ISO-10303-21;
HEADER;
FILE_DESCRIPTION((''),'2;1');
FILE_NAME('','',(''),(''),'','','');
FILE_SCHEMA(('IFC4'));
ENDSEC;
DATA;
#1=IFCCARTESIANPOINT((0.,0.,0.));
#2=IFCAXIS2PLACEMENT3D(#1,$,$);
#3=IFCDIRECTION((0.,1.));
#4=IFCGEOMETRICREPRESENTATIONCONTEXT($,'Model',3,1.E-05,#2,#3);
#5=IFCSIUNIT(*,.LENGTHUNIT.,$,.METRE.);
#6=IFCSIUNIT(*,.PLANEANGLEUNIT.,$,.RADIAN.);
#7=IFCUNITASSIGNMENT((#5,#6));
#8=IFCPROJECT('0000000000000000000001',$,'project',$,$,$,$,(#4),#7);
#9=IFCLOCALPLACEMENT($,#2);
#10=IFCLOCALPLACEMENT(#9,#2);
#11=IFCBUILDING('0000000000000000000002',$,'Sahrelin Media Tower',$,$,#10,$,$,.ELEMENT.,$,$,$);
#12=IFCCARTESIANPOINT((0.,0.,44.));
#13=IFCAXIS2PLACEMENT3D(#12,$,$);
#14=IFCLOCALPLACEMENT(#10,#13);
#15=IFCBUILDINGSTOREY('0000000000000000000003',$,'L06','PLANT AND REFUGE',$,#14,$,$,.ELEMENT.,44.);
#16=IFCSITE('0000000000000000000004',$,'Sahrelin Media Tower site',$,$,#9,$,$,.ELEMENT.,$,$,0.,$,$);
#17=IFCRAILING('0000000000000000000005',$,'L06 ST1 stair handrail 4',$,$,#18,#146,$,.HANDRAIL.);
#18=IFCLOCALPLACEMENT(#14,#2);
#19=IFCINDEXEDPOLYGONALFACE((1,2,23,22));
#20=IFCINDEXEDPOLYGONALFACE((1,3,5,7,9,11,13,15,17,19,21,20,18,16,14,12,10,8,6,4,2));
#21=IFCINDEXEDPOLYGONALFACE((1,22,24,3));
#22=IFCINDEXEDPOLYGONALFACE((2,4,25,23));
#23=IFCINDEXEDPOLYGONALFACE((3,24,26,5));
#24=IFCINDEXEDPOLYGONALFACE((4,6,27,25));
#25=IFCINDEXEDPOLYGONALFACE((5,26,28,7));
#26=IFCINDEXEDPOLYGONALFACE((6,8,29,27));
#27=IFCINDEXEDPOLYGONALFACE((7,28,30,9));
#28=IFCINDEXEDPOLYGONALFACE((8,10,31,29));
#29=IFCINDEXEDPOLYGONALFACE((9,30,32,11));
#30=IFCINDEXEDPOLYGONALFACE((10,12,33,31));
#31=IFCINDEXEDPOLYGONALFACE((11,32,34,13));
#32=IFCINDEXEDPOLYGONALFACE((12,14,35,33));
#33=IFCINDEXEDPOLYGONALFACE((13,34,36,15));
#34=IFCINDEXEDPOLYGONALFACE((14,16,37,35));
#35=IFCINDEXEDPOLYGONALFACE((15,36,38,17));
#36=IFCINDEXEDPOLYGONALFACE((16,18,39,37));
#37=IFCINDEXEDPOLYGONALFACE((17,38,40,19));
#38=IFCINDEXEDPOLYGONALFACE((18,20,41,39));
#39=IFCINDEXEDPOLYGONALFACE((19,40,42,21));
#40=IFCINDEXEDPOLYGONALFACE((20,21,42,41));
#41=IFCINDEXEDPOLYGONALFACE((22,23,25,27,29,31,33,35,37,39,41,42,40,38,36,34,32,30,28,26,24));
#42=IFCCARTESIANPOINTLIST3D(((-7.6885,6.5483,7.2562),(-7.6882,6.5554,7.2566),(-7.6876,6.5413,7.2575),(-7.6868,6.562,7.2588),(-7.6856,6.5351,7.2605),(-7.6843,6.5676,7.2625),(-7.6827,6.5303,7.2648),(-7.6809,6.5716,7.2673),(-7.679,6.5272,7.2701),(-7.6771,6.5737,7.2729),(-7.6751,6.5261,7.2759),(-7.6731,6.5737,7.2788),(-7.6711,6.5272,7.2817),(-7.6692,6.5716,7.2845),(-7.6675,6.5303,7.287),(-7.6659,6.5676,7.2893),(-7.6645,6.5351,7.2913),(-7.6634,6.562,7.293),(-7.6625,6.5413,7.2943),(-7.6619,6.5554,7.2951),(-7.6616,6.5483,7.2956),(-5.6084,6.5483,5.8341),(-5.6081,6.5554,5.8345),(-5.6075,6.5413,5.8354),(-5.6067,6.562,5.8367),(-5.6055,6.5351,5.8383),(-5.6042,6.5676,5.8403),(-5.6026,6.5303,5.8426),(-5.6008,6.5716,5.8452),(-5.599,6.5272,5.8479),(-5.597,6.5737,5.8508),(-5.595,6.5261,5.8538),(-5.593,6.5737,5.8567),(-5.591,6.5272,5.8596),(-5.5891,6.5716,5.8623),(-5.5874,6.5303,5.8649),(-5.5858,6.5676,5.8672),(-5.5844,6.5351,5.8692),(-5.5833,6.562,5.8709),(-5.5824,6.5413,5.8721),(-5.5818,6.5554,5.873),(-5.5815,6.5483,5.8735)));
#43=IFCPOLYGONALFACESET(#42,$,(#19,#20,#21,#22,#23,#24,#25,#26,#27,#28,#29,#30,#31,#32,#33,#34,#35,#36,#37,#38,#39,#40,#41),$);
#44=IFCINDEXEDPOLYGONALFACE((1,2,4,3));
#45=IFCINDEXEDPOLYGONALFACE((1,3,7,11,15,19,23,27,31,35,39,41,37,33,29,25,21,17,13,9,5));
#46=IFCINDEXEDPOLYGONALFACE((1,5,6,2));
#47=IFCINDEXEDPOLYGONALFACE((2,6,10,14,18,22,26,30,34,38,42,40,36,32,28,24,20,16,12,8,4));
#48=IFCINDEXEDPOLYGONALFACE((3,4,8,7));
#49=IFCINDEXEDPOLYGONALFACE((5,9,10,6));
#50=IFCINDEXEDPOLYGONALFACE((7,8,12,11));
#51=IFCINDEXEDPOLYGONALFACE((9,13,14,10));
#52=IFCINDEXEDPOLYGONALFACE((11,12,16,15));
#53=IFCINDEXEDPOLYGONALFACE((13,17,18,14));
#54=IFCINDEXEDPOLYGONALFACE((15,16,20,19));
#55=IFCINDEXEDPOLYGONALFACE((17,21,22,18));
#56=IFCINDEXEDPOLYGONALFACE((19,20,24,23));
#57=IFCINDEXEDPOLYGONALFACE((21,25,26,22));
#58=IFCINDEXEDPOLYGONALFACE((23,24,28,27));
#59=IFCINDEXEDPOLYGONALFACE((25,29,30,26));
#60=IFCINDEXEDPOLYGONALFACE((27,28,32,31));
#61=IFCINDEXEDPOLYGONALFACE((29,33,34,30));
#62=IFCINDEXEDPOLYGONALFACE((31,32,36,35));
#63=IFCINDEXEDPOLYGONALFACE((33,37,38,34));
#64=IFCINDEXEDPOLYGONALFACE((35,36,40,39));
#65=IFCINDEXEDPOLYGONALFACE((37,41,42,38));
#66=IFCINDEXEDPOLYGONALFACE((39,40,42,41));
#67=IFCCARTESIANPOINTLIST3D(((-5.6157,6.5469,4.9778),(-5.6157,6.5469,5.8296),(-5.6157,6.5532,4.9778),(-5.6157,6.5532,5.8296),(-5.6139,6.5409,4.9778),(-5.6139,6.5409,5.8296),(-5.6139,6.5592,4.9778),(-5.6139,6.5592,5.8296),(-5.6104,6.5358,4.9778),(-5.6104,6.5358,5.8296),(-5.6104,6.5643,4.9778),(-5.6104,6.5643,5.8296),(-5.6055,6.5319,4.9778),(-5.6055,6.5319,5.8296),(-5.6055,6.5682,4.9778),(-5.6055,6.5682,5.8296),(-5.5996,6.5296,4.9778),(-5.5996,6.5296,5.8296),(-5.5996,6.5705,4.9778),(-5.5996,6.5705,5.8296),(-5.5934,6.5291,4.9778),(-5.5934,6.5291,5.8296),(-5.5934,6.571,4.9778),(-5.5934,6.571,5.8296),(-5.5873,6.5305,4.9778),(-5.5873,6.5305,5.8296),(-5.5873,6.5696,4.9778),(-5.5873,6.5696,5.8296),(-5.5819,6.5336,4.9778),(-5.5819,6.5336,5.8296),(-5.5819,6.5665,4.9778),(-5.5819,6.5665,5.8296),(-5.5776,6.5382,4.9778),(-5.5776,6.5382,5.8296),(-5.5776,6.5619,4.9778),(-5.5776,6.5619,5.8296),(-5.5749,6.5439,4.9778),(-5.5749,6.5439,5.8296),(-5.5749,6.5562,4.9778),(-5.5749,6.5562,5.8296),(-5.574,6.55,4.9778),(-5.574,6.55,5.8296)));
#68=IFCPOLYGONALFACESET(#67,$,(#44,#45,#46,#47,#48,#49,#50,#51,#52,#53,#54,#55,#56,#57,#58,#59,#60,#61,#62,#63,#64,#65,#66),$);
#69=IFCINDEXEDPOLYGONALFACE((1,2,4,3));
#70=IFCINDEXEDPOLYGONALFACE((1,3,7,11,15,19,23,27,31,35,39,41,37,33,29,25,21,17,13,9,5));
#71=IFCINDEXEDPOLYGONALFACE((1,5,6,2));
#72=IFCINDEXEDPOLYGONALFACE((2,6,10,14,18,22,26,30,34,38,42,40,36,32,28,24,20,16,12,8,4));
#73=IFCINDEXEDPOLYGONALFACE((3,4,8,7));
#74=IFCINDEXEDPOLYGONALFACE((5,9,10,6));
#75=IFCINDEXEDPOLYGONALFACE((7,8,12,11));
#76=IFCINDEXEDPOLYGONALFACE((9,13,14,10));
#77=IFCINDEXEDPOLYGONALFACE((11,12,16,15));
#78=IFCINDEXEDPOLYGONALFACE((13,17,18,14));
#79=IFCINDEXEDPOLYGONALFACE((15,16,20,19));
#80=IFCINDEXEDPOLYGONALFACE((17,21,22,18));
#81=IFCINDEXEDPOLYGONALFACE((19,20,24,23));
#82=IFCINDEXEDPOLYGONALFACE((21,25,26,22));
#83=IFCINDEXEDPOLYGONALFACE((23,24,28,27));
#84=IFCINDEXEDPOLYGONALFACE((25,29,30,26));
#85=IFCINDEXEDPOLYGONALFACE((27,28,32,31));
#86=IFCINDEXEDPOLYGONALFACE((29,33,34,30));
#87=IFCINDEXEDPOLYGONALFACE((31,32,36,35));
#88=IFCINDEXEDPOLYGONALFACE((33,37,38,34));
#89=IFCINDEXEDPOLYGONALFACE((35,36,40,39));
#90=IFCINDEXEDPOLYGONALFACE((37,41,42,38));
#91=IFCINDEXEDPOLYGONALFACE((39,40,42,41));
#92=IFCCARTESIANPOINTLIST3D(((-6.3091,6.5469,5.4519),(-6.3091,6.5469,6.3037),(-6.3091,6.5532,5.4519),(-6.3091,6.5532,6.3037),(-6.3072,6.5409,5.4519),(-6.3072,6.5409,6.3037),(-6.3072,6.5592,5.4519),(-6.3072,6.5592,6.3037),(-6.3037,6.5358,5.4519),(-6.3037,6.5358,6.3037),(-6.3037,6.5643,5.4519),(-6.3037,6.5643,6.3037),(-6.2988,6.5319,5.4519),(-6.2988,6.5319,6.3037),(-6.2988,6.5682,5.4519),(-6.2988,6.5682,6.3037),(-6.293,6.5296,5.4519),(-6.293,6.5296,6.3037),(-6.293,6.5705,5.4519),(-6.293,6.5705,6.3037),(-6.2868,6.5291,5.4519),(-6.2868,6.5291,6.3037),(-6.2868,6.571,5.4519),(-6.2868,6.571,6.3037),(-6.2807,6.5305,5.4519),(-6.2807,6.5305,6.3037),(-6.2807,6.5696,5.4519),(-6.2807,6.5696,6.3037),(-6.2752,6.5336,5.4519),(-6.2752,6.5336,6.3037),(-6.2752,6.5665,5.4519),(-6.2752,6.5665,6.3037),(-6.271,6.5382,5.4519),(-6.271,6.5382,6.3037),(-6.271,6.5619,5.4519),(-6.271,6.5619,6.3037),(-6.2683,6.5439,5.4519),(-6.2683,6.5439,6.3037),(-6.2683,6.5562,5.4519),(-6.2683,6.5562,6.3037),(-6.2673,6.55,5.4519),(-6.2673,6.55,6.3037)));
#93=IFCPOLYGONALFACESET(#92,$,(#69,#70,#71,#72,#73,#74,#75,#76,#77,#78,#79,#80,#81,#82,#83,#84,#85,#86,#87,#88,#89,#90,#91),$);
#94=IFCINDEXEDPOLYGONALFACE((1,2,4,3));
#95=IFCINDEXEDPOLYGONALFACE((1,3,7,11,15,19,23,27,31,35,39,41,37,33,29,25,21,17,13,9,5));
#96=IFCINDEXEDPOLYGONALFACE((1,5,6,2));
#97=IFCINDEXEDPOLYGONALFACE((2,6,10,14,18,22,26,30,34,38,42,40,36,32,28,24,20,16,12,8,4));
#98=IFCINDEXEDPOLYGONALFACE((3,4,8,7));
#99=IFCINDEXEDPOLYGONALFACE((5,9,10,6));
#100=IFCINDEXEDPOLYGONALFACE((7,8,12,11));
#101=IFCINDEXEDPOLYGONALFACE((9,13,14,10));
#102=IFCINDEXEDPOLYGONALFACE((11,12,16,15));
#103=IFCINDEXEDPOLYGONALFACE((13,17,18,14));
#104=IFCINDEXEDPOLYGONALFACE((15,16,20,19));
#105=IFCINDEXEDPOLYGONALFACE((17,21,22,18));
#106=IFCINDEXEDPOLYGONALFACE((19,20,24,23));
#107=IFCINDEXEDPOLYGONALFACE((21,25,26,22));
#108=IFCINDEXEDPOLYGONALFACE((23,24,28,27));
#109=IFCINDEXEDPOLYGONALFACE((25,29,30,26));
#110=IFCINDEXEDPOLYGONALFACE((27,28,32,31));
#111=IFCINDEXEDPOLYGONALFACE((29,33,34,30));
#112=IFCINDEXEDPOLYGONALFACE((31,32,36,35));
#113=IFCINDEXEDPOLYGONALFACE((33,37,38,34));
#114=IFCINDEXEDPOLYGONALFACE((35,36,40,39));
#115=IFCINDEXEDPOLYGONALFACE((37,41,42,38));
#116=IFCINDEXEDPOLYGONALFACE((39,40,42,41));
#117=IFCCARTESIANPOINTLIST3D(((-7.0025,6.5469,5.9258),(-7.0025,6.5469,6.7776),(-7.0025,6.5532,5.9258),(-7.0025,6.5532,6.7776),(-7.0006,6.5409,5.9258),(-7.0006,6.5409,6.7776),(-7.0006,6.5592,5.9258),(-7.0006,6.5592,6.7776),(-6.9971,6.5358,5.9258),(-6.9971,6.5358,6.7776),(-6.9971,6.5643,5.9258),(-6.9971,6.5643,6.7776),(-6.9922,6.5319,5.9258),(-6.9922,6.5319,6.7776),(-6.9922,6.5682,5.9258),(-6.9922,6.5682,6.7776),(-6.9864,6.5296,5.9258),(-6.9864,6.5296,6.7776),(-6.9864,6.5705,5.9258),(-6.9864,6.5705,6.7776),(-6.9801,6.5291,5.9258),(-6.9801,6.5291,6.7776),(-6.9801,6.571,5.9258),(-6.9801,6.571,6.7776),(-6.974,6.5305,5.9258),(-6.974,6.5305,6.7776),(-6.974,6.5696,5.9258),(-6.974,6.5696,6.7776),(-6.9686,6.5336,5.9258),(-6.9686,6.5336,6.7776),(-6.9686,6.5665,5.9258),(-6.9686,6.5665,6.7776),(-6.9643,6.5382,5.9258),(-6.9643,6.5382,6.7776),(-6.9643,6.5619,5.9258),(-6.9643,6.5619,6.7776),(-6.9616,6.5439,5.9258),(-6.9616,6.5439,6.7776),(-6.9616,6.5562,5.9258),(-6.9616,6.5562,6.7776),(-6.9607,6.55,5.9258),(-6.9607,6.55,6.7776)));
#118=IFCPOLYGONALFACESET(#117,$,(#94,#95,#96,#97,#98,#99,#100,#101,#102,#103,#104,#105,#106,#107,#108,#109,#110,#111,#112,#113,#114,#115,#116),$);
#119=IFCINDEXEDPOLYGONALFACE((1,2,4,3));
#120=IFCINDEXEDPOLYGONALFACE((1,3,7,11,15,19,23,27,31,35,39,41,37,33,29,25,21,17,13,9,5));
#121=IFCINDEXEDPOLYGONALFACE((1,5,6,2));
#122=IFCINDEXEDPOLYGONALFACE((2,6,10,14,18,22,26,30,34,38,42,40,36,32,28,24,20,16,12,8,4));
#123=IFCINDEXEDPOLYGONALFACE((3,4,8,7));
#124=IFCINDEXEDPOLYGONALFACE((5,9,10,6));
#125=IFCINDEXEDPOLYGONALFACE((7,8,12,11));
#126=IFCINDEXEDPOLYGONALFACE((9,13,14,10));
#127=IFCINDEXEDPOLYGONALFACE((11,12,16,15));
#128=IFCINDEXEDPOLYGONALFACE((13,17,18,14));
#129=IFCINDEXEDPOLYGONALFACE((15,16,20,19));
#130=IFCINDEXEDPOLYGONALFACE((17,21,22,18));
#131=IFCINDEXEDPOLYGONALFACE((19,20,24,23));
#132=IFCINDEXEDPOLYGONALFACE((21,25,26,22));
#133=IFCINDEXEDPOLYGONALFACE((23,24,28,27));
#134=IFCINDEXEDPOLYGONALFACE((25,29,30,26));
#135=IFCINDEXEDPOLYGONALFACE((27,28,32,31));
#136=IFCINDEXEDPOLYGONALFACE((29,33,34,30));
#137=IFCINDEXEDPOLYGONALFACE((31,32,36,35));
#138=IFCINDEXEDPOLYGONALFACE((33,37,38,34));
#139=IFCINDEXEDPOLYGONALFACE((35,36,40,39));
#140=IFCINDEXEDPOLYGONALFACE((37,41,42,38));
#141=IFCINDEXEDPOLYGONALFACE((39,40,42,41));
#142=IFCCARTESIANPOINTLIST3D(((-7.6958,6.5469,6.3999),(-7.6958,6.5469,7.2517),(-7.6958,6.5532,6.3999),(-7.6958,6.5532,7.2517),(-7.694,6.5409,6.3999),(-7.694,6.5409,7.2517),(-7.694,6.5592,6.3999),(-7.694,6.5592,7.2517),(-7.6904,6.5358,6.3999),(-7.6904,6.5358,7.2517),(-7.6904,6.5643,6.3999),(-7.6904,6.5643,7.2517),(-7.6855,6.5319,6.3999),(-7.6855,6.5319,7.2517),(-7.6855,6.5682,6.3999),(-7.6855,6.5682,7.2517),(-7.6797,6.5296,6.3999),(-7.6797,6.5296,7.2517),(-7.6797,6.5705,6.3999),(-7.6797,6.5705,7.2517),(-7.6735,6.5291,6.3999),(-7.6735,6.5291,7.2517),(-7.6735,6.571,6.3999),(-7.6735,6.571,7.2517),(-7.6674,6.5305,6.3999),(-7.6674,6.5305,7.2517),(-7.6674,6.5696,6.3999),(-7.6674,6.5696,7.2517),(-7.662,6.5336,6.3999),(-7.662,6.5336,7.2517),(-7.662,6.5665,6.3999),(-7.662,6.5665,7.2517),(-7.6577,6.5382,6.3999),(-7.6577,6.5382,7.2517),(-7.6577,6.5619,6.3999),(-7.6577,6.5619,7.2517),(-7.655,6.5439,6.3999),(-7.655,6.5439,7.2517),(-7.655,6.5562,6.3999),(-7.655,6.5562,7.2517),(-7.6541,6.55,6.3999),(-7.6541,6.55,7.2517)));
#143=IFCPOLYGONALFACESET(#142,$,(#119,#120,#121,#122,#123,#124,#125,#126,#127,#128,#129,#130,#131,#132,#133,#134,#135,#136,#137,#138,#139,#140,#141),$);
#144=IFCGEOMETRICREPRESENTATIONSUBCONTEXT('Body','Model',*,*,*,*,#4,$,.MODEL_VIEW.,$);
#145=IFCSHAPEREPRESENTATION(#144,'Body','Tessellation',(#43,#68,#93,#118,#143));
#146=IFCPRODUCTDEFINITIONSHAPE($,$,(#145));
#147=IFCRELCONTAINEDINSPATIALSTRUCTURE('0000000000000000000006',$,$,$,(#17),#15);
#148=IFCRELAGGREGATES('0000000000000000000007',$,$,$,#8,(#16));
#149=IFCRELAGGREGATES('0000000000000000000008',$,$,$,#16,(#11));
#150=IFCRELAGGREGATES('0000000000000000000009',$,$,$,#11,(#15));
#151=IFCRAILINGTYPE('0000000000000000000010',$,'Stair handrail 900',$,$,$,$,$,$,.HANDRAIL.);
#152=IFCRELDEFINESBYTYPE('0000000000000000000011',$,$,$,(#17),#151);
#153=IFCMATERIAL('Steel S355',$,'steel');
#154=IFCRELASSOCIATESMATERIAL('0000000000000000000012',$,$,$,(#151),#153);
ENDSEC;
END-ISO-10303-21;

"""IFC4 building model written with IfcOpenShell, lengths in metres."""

from ifc_helpers import new_model, si_unit, direction, frame, origin, origin_2d, place, context, subcontext, project, spatial, circle, extrude, material, type_object, element, save


model = new_model("IFC4")

# Units and contexts
model_context = context("Model", 3, precision=1e-05, world=origin(), true_north=direction((0.0, 1.0)))
body_context = subcontext(model_context, "Body", "Model", "MODEL_VIEW")
ifc_project = project(units=[si_unit("LENGTHUNIT", "METRE"), si_unit("PLANEANGLEUNIT", "RADIAN")], contexts=[model_context])

# Site, building, storey
site_placement = place(None, origin())
site = spatial("IfcSite", under=ifc_project, at=site_placement, Name="Sahrelin Media Tower site", CompositionType="ELEMENT", RefElevation=0.0)
building_placement = place(site_placement, origin())
building = spatial("IfcBuilding", under=site, at=building_placement, Name="Sahrelin Media Tower", CompositionType="ELEMENT")
storey_placement = place(building_placement, frame((0.0, 0.0, 44.0)))
storey = spatial("IfcBuildingStorey", under=building, at=storey_placement, Name="L06", Description="PLANT AND REFUGE", CompositionType="ELEMENT", Elevation=44.0)

# Railing
ifc_material_1 = material(Name="Steel S355", Category="steel")
railing_type_1 = type_object("IfcRailingType", Name="Stair handrail 900", PredefinedType="HANDRAIL", material=ifc_material_1)
railing_1_placement = place(storey_placement, frame((-5.595, 6.55, 4.9778)))
element("IfcRailing", 1, at=railing_1_placement, inside=storey, type_object=railing_type_1, Name="L06 ST1 stair handrail 4", PredefinedType="HANDRAIL", context=body_context, shape_type="SweptSolid", body=[
    extrude(circle(Radius=0.0239, at=origin_2d()), frame((0.0, 0.0, 0.876), z_axis=(-0.825509, 0.0, 0.564389), x_axis=(0.0, -1.0, 0.0)), (0.0, 0.0, 1.0), 2.5198),
    extrude(circle(Radius=0.021, at=origin_2d()), origin(), (0.0, 0.0, 1.0), 0.8518),
    extrude(circle(Radius=0.021, at=origin_2d()), frame((-0.6934, 0.0, 0.4741)), (0.0, 0.0, 1.0), 0.8518),
    extrude(circle(Radius=0.021, at=origin_2d()), frame((-1.3867, 0.0, 0.948)), (0.0, 0.0, 1.0), 0.8518),
    extrude(circle(Radius=0.021, at=origin_2d()), frame((-2.0801, 0.0, 1.4221)), (0.0, 0.0, 1.0), 0.8518),
])

save(model, "model.ifc")
